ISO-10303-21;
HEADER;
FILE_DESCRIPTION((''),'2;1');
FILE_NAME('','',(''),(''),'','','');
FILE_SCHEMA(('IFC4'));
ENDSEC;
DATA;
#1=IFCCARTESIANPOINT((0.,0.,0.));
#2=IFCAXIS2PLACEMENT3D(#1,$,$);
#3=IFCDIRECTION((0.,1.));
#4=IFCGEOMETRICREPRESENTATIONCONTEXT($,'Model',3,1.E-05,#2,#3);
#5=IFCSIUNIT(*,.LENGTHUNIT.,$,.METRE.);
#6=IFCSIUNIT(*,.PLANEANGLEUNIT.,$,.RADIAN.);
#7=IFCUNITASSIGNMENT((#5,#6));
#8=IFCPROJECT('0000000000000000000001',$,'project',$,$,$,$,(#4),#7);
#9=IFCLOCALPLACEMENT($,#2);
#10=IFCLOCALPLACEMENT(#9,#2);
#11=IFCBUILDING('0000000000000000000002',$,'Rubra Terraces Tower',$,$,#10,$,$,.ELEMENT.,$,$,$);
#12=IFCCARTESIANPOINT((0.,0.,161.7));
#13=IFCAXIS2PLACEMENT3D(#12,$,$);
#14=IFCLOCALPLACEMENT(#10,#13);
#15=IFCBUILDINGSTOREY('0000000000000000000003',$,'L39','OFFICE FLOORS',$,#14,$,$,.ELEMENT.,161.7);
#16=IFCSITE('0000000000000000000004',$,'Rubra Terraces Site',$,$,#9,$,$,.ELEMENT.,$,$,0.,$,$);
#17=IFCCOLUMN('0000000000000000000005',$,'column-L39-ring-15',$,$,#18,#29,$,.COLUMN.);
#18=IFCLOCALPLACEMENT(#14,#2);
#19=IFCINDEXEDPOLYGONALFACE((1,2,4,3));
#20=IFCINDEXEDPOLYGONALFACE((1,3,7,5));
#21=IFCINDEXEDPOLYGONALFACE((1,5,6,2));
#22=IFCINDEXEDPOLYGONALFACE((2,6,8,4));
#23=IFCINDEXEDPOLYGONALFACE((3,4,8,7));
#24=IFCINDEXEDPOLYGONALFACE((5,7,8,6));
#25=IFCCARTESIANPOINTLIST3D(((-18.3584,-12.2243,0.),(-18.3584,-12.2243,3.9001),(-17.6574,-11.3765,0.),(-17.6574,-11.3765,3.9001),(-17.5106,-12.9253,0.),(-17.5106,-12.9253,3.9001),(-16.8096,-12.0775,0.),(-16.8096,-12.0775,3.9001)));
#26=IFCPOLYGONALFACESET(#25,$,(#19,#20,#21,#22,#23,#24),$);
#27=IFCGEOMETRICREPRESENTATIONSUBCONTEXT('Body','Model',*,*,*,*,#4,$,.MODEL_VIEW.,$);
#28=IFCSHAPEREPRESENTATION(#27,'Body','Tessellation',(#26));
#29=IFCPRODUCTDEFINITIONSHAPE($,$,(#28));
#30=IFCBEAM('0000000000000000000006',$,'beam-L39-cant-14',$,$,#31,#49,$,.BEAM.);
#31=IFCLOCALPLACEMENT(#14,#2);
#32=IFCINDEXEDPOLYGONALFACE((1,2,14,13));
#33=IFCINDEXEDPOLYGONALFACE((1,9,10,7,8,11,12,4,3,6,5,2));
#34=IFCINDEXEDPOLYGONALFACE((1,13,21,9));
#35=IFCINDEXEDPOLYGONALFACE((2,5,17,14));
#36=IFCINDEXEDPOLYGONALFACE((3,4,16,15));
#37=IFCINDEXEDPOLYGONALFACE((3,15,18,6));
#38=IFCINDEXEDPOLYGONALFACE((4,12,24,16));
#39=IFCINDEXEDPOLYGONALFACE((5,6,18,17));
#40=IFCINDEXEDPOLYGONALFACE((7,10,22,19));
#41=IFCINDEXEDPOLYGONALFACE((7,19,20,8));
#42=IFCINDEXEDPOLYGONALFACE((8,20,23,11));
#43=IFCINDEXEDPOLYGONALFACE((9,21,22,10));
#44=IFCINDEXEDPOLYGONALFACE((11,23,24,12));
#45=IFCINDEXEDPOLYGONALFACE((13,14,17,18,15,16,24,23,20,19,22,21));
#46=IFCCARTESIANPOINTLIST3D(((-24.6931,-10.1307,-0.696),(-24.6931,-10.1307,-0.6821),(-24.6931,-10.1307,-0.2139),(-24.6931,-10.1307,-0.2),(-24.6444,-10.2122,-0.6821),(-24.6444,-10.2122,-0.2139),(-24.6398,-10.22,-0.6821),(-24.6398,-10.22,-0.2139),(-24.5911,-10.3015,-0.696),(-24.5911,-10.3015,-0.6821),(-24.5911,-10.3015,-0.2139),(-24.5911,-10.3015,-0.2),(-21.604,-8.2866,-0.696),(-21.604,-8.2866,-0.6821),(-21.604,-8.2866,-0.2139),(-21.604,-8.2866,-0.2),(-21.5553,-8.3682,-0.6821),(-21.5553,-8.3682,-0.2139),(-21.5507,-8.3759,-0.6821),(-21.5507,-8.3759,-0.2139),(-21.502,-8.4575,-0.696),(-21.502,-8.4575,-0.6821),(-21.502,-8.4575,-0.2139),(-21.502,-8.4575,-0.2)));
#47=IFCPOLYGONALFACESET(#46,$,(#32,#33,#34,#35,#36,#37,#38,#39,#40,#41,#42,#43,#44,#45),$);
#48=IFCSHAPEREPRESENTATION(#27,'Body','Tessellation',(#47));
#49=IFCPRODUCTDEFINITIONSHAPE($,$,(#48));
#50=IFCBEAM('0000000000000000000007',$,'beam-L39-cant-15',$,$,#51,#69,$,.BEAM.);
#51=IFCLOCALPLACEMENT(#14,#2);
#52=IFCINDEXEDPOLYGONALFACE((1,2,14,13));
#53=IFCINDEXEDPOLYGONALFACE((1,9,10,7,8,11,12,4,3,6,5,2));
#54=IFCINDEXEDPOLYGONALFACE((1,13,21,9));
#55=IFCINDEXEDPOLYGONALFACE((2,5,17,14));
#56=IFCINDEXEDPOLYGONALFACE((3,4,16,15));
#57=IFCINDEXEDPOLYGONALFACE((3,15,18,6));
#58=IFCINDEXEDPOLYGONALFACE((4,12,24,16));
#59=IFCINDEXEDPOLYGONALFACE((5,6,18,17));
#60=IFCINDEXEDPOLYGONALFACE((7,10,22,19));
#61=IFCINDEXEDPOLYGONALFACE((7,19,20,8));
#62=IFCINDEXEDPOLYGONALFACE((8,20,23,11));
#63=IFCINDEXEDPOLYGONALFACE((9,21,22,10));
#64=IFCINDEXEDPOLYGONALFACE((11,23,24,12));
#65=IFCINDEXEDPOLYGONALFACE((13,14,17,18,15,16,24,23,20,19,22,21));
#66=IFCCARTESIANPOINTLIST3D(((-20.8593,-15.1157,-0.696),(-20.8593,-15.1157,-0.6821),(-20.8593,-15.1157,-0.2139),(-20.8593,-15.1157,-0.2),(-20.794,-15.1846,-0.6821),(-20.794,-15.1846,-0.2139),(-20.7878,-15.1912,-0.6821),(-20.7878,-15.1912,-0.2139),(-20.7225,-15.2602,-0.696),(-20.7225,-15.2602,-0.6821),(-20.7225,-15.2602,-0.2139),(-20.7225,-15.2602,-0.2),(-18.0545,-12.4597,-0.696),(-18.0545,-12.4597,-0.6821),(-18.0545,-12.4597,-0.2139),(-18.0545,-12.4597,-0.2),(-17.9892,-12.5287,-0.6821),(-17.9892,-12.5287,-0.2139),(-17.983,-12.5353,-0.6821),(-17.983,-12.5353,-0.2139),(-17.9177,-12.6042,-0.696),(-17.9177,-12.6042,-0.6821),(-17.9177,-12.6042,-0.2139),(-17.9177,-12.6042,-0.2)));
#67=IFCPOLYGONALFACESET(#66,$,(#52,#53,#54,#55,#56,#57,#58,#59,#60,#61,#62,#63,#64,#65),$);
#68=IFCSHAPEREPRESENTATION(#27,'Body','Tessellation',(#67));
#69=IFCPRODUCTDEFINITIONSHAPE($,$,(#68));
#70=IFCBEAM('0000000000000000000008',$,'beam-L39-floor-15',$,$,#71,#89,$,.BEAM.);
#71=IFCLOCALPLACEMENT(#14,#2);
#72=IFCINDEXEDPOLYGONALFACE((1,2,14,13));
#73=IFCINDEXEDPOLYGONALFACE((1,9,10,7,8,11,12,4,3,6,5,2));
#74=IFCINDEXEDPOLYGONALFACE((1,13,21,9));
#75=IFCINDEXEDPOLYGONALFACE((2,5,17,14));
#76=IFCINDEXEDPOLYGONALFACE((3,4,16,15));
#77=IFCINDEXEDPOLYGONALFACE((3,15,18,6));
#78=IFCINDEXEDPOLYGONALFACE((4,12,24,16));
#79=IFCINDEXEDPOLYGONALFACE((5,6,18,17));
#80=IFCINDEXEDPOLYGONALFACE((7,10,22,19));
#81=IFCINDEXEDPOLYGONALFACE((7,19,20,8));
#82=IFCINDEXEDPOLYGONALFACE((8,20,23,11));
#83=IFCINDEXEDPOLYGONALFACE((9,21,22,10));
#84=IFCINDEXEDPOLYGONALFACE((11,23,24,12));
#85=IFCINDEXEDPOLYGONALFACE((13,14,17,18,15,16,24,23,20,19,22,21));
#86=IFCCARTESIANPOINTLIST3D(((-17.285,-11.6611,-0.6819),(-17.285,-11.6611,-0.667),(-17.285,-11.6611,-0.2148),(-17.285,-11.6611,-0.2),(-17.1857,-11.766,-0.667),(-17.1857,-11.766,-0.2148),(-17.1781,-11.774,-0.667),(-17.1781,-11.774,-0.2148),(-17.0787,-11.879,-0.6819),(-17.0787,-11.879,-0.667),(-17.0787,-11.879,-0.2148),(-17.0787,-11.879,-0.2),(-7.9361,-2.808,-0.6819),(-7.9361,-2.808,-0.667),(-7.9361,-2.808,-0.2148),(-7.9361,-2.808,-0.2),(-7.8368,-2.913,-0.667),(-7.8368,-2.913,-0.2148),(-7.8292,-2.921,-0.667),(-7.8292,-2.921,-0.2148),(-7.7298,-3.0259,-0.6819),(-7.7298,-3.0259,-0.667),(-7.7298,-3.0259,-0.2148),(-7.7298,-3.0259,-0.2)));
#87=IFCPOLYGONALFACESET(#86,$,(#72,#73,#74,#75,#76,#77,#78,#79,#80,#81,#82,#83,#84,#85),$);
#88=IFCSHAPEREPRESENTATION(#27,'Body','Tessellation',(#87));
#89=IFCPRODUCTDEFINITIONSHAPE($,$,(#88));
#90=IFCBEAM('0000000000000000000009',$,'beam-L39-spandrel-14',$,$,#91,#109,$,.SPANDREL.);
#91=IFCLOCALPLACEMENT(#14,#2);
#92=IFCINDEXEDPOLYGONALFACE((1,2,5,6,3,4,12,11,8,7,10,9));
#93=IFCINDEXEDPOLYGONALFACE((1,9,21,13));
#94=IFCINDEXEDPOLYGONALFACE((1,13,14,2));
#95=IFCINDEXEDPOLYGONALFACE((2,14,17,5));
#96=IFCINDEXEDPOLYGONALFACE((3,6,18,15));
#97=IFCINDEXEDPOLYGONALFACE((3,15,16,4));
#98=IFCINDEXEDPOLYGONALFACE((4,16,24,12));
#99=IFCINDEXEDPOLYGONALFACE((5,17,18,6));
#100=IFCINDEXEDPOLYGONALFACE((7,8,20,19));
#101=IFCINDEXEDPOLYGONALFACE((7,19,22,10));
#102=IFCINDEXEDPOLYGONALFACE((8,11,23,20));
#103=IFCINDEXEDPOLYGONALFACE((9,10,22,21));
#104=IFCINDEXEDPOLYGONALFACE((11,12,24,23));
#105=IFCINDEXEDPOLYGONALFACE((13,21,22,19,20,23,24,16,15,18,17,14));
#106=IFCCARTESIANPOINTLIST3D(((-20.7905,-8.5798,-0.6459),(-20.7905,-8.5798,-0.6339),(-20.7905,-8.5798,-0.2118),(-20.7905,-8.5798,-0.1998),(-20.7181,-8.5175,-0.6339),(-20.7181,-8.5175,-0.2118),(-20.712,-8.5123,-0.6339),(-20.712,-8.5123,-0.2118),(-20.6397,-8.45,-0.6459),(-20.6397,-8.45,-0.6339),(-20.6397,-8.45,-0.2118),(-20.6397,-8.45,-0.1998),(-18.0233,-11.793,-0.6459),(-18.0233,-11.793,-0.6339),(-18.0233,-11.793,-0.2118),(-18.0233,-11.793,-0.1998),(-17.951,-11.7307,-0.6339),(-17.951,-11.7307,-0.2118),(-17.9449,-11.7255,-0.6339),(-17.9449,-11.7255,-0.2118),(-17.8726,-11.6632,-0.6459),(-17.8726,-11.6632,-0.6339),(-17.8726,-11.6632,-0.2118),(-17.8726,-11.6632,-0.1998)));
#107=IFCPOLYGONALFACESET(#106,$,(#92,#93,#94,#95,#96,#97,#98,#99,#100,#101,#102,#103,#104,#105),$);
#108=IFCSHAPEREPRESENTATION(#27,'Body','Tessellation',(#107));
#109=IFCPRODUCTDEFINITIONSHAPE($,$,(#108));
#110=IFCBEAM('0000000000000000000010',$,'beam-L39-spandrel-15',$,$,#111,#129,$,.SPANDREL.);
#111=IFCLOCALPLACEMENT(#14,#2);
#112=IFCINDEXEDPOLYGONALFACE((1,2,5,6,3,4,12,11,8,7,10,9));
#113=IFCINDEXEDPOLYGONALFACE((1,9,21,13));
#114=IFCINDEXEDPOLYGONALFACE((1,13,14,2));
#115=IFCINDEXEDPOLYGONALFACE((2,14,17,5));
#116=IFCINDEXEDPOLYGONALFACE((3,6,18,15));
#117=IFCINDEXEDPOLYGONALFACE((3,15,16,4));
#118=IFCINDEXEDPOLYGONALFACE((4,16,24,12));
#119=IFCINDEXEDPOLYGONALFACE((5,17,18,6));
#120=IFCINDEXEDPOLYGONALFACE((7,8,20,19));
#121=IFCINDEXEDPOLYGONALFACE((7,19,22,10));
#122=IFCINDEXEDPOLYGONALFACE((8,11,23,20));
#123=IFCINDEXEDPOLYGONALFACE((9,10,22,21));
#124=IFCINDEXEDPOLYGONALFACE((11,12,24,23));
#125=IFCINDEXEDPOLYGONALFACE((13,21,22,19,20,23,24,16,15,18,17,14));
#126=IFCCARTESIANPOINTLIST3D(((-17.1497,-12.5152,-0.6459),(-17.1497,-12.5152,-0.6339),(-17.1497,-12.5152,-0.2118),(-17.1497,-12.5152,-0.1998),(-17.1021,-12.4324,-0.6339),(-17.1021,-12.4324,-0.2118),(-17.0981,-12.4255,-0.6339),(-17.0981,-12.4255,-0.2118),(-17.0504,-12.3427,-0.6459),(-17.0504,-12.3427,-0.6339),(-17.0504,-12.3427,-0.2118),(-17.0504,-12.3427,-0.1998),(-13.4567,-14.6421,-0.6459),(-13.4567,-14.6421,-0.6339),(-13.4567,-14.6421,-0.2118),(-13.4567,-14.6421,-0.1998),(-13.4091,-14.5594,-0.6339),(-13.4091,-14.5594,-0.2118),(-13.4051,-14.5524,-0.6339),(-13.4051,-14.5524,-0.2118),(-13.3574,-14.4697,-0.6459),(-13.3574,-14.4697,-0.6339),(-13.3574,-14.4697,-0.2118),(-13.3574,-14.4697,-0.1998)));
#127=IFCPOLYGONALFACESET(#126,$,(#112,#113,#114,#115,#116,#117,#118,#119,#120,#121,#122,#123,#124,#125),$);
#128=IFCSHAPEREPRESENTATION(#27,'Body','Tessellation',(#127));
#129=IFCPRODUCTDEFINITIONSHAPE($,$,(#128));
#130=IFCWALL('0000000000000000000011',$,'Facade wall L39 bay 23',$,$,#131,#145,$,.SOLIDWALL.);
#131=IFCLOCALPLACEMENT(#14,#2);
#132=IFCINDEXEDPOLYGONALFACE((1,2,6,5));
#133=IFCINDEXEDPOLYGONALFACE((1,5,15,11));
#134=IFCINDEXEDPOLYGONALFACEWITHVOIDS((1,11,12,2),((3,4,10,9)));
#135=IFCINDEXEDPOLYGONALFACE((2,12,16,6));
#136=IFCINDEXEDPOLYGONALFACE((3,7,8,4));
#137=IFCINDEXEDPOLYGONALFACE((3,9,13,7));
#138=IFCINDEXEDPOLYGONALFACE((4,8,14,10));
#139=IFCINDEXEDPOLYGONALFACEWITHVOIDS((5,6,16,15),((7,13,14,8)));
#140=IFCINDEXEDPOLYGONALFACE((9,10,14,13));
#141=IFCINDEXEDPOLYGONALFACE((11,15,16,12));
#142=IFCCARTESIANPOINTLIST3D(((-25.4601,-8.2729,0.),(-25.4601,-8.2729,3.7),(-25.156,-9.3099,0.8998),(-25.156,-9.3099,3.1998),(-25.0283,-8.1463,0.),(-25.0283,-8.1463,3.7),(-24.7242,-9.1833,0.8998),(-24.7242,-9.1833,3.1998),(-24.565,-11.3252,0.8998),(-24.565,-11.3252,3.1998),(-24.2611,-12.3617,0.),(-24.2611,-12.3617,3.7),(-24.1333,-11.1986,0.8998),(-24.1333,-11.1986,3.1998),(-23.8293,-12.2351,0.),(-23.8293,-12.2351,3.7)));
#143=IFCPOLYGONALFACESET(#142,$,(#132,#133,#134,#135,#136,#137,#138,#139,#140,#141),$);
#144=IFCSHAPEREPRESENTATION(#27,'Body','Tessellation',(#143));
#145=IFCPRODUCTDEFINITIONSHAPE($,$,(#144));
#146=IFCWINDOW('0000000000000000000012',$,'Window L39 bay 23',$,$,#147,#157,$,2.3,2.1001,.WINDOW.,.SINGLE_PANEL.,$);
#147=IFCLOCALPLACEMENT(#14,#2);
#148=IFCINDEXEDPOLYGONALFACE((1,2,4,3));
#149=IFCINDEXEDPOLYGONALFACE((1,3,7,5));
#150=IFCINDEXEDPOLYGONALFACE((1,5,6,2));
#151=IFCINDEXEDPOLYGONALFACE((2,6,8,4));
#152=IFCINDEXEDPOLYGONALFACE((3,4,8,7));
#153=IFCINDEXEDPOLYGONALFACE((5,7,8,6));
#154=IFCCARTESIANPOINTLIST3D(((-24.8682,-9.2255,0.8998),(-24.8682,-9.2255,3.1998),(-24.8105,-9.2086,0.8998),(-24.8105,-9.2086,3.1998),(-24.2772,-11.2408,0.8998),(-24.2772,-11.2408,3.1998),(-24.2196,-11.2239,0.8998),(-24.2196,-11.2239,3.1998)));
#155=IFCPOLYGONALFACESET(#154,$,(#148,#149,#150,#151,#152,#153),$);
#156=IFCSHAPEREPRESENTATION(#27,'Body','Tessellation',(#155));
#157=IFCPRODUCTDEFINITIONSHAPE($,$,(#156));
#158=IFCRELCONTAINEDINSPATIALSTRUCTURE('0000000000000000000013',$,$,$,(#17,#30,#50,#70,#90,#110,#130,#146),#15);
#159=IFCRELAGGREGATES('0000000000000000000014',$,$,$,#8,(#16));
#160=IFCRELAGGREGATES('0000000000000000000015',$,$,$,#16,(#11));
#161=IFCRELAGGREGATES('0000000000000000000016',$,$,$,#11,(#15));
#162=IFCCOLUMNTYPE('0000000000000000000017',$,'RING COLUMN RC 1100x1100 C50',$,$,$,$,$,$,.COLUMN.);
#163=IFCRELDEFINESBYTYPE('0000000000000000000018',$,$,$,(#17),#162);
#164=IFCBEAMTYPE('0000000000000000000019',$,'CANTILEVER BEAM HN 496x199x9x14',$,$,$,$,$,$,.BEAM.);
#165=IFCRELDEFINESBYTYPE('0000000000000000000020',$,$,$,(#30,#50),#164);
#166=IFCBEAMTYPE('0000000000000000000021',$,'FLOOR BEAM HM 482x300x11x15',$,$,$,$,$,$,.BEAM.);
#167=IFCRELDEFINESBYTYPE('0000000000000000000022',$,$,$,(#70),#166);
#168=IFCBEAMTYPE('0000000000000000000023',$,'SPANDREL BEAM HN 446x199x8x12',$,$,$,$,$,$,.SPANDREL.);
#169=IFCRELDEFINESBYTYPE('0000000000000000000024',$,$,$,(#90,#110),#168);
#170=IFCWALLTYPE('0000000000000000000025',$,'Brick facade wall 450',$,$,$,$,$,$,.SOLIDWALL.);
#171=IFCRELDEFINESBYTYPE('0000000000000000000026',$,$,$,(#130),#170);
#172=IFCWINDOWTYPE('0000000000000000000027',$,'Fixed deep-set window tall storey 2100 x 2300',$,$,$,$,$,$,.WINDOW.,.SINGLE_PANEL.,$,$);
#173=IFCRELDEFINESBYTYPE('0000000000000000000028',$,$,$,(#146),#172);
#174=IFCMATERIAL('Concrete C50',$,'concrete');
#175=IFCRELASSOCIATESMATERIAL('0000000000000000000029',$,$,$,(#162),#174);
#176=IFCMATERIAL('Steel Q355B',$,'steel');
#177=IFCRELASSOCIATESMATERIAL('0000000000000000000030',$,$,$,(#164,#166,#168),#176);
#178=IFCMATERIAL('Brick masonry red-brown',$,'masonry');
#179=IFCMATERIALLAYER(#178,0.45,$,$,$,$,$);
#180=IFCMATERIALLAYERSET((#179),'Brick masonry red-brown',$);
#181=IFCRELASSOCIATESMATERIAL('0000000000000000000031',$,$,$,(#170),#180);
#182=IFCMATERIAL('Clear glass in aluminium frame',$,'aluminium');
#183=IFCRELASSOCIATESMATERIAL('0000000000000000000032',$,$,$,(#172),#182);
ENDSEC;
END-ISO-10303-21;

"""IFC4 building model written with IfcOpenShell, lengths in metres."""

from ifc_helpers import new_model, si_unit, direction, frame, frame_2d, origin, origin_2d, place, context, subcontext, project, spatial, rectangle, i_section, extrude, material, layer, layer_set, material_profile, profile_set, type_object, element, fill, save


model = new_model("IFC4")

# Units and contexts
model_context = context("Model", 3, precision=1e-05, world=origin(), true_north=direction((0.0, 1.0)))
body_context = subcontext(model_context, "Body", "Model", "MODEL_VIEW")
ifc_project = project(units=[si_unit("LENGTHUNIT", "METRE"), si_unit("PLANEANGLEUNIT", "RADIAN")], contexts=[model_context])

# Site, building, storey
site_placement = place(None, origin())
site = spatial("IfcSite", under=ifc_project, at=site_placement, Name="Rubra Terraces Site", CompositionType="ELEMENT", RefElevation=0.0)
building_placement = place(site_placement, origin())
building = spatial("IfcBuilding", under=site, at=building_placement, Name="Rubra Terraces Tower", CompositionType="ELEMENT")
storey_placement = place(building_placement, frame((0.0, 0.0, 161.7)))
storey = spatial("IfcBuildingStorey", under=building, at=storey_placement, Name="L39", Description="OFFICE FLOORS", CompositionType="ELEMENT", Elevation=161.7)

# Column
ifc_material_1 = material(Name="Concrete C50", Category="concrete")
ifc_material_profile_1 = material_profile(ifc_material_1, rectangle(XDim=1.1001, YDim=1.1001, at=origin_2d()), Name="RC 1100x1100")
ifc_profile_set_1 = profile_set([ifc_material_profile_1], Name="Concrete C50")
column_type = type_object("IfcColumnType", Name="RING COLUMN RC 1100x1100 C50", PredefinedType="COLUMN", material=ifc_profile_set_1)
column_placement = place(storey_placement, frame((-17.584, -12.1509, 0.0), z_axis=(0.0, 0.0, 1.0), x_axis=(0.770679, -0.637223, 0.0)))
element("IfcColumn", 1, at=column_placement, inside=storey, type_object=column_type, Name="column-L39-ring-15", PredefinedType="COLUMN", context=body_context, shape_type="SweptSolid", body=[
    extrude(rectangle(XDim=1.1001, YDim=1.1001, at=origin_2d()), origin(), (0.0, 0.0, 1.0), 3.9001),
])

# Beams
ifc_material_2 = material(Name="Steel Q355B", Category="steel")
ifc_material_profile_2 = material_profile(ifc_material_2, i_section(OverallWidth=0.199, OverallDepth=0.4961, WebThickness=0.009, FlangeThickness=0.0139, at=origin_2d()), Name="HN 496x199x9x14")
ifc_profile_set_2 = profile_set([ifc_material_profile_2], Name="Steel Q355B")
beam_type_1 = type_object("IfcBeamType", Name="CANTILEVER BEAM HN 496x199x9x14", PredefinedType="BEAM", material=ifc_profile_set_2)
beam_1_placement = place(storey_placement, frame((-21.553, -8.3721, -0.448), z_axis=(-0.858652, -0.512558, 0.0), x_axis=(0.512558, -0.858652, 0.0)))
element("IfcBeam", 2, at=beam_1_placement, inside=storey, type_object=beam_type_1, Name="beam-L39-cant-14", PredefinedType="BEAM", context=body_context, shape_type="SweptSolid", body=[
    extrude(i_section(OverallWidth=0.199, OverallDepth=0.4961, WebThickness=0.009, FlangeThickness=0.0139, at=origin_2d()), origin(), (0.0, 0.0, 1.0), 3.5977),
])
beam_2_placement = place(storey_placement, frame((-17.9861, -12.532, -0.448), z_axis=(-0.72612, -0.687568, 0.0), x_axis=(0.687568, -0.72612, 0.0)))
element("IfcBeam", 3, at=beam_2_placement, inside=storey, type_object=beam_type_1, Name="beam-L39-cant-15", PredefinedType="BEAM", context=body_context, shape_type="SweptSolid", body=[
    extrude(i_section(OverallWidth=0.199, OverallDepth=0.4961, WebThickness=0.009, FlangeThickness=0.0139, at=origin_2d()), origin(), (0.0, 0.0, 1.0), 3.8628),
])
ifc_material_profile_3 = material_profile(ifc_material_2, i_section(OverallWidth=0.3, OverallDepth=0.4819, WebThickness=0.011, FlangeThickness=0.0149, at=origin_2d()), Name="HM 482x300x11x15")
ifc_profile_set_3 = profile_set([ifc_material_profile_3], Name="Steel Q355B")
beam_type_2 = type_object("IfcBeamType", Name="FLOOR BEAM HM 482x300x11x15", PredefinedType="BEAM", material=ifc_profile_set_3)
beam_3_placement = place(storey_placement, frame((-17.1819, -11.77, -0.4409), z_axis=(0.7261, 0.687589, 0.0), x_axis=(-0.687589, 0.7261, 0.0)))
element("IfcBeam", 4, at=beam_3_placement, inside=storey, type_object=beam_type_2, Name="beam-L39-floor-15", PredefinedType="BEAM", context=body_context, shape_type="SweptSolid", body=[
    extrude(i_section(OverallWidth=0.3, OverallDepth=0.4819, WebThickness=0.011, FlangeThickness=0.0149, at=origin_2d()), origin(), (0.0, 0.0, 1.0), 12.8755),
])
ifc_material_profile_4 = material_profile(ifc_material_2, i_section(OverallWidth=0.199, OverallDepth=0.446, WebThickness=0.0081, FlangeThickness=0.012, at=origin_2d()), Name="HN 446x199x8x12")
ifc_profile_set_4 = profile_set([ifc_material_profile_4], Name="Steel Q355B")
beam_type_3 = type_object("IfcBeamType", Name="SPANDREL BEAM HN 446x199x8x12", PredefinedType="SPANDREL", material=ifc_profile_set_4)
beam_4_placement = place(storey_placement, frame((-20.7151, -8.5149, -0.4229), z_axis=(0.652553, -0.757743, 0.0), x_axis=(0.757743, 0.652553, 0.0)))
element("IfcBeam", 5, at=beam_4_placement, inside=storey, type_object=beam_type_3, Name="beam-L39-spandrel-14", PredefinedType="SPANDREL", context=body_context, shape_type="SweptSolid", body=[
    extrude(i_section(OverallWidth=0.199, OverallDepth=0.446, WebThickness=0.0081, FlangeThickness=0.012, at=origin_2d()), origin(), (0.0, 0.0, 1.0), 4.2405),
])
beam_5_placement = place(storey_placement, frame((-17.1001, -12.429, -0.4229), z_axis=(0.86656, -0.499073, 0.0), x_axis=(0.499073, 0.86656, 0.0)))
element("IfcBeam", 6, at=beam_5_placement, inside=storey, type_object=beam_type_3, Name="beam-L39-spandrel-15", PredefinedType="SPANDREL", context=body_context, shape_type="SweptSolid", body=[
    extrude(i_section(OverallWidth=0.199, OverallDepth=0.446, WebThickness=0.0081, FlangeThickness=0.012, at=origin_2d()), origin(), (0.0, 0.0, 1.0), 4.2617),
])

# Wall, opening, window
ifc_material_3 = material(Name="Brick masonry red-brown", Category="masonry")
ifc_layer_1 = layer(ifc_material_3, 0.45)
ifc_layer_set_1 = layer_set([ifc_layer_1], Name="Brick masonry red-brown")
wall_type_1 = type_object("IfcWallType", Name="Brick facade wall 450", PredefinedType="SOLIDWALL", material=ifc_layer_set_1)
wall_1_placement = place(storey_placement, frame((-25.2441, -8.2097, 0.0), z_axis=(0.0, 0.0, 1.0), x_axis=(0.281381, -0.959596, 0.0)))
wall_1 = element("IfcWall", 7, at=wall_1_placement, inside=storey, type_object=wall_type_1, Name="Facade wall L39 bay 23", PredefinedType="SOLIDWALL", context=body_context, shape_type="SweptSolid", body=[
    extrude(rectangle(XDim=4.261, YDim=0.45, at=frame_2d((2.1304, 0.0))), origin(), (0.0, 0.0, 1.0), 3.7),
])
opening_1_placement = place(wall_1_placement, frame((1.0806, 0.0, 0.8999)))
opening_1 = element("IfcOpeningElement", 8, at=opening_1_placement, cuts=wall_1, PredefinedType="OPENING", context=body_context, shape_type="SweptSolid", body=[
    extrude(rectangle(XDim=2.1001, YDim=2.3, at=frame_2d((1.05, 1.1499))), frame((0.0, 0.2349, 0.0), z_axis=(0.0, -1.0, 0.0), x_axis=(1.0, 0.0, 0.0)), (0.0, 0.0, 1.0), 0.47),
])
ifc_material_4 = material(Name="Clear glass in aluminium frame", Category="aluminium")
window_type = type_object("IfcWindowType", Name="Fixed deep-set window tall storey 2100 x 2300", PartitioningType="SINGLE_PANEL", PredefinedType="WINDOW", material=ifc_material_4)
window_1_placement = place(opening_1_placement, origin())
window_1 = element("IfcWindow", 9, at=window_1_placement, inside=storey, type_object=window_type, Name="Window L39 bay 23", OverallHeight=2.3, OverallWidth=2.1001, PartitioningType="SINGLE_PANEL", PredefinedType="WINDOW", context=body_context, shape_type="SweptSolid", body=[
    extrude(rectangle(XDim=2.1001, YDim=2.3, at=frame_2d((1.05, 1.1499))), frame((0.0, 0.135, 0.0), z_axis=(0.0, -1.0, 0.0), x_axis=(1.0, 0.0, 0.0)), (0.0, 0.0, 1.0), 0.0601),
])
fill(opening_1, window_1)

save(model, "model.ifc")
